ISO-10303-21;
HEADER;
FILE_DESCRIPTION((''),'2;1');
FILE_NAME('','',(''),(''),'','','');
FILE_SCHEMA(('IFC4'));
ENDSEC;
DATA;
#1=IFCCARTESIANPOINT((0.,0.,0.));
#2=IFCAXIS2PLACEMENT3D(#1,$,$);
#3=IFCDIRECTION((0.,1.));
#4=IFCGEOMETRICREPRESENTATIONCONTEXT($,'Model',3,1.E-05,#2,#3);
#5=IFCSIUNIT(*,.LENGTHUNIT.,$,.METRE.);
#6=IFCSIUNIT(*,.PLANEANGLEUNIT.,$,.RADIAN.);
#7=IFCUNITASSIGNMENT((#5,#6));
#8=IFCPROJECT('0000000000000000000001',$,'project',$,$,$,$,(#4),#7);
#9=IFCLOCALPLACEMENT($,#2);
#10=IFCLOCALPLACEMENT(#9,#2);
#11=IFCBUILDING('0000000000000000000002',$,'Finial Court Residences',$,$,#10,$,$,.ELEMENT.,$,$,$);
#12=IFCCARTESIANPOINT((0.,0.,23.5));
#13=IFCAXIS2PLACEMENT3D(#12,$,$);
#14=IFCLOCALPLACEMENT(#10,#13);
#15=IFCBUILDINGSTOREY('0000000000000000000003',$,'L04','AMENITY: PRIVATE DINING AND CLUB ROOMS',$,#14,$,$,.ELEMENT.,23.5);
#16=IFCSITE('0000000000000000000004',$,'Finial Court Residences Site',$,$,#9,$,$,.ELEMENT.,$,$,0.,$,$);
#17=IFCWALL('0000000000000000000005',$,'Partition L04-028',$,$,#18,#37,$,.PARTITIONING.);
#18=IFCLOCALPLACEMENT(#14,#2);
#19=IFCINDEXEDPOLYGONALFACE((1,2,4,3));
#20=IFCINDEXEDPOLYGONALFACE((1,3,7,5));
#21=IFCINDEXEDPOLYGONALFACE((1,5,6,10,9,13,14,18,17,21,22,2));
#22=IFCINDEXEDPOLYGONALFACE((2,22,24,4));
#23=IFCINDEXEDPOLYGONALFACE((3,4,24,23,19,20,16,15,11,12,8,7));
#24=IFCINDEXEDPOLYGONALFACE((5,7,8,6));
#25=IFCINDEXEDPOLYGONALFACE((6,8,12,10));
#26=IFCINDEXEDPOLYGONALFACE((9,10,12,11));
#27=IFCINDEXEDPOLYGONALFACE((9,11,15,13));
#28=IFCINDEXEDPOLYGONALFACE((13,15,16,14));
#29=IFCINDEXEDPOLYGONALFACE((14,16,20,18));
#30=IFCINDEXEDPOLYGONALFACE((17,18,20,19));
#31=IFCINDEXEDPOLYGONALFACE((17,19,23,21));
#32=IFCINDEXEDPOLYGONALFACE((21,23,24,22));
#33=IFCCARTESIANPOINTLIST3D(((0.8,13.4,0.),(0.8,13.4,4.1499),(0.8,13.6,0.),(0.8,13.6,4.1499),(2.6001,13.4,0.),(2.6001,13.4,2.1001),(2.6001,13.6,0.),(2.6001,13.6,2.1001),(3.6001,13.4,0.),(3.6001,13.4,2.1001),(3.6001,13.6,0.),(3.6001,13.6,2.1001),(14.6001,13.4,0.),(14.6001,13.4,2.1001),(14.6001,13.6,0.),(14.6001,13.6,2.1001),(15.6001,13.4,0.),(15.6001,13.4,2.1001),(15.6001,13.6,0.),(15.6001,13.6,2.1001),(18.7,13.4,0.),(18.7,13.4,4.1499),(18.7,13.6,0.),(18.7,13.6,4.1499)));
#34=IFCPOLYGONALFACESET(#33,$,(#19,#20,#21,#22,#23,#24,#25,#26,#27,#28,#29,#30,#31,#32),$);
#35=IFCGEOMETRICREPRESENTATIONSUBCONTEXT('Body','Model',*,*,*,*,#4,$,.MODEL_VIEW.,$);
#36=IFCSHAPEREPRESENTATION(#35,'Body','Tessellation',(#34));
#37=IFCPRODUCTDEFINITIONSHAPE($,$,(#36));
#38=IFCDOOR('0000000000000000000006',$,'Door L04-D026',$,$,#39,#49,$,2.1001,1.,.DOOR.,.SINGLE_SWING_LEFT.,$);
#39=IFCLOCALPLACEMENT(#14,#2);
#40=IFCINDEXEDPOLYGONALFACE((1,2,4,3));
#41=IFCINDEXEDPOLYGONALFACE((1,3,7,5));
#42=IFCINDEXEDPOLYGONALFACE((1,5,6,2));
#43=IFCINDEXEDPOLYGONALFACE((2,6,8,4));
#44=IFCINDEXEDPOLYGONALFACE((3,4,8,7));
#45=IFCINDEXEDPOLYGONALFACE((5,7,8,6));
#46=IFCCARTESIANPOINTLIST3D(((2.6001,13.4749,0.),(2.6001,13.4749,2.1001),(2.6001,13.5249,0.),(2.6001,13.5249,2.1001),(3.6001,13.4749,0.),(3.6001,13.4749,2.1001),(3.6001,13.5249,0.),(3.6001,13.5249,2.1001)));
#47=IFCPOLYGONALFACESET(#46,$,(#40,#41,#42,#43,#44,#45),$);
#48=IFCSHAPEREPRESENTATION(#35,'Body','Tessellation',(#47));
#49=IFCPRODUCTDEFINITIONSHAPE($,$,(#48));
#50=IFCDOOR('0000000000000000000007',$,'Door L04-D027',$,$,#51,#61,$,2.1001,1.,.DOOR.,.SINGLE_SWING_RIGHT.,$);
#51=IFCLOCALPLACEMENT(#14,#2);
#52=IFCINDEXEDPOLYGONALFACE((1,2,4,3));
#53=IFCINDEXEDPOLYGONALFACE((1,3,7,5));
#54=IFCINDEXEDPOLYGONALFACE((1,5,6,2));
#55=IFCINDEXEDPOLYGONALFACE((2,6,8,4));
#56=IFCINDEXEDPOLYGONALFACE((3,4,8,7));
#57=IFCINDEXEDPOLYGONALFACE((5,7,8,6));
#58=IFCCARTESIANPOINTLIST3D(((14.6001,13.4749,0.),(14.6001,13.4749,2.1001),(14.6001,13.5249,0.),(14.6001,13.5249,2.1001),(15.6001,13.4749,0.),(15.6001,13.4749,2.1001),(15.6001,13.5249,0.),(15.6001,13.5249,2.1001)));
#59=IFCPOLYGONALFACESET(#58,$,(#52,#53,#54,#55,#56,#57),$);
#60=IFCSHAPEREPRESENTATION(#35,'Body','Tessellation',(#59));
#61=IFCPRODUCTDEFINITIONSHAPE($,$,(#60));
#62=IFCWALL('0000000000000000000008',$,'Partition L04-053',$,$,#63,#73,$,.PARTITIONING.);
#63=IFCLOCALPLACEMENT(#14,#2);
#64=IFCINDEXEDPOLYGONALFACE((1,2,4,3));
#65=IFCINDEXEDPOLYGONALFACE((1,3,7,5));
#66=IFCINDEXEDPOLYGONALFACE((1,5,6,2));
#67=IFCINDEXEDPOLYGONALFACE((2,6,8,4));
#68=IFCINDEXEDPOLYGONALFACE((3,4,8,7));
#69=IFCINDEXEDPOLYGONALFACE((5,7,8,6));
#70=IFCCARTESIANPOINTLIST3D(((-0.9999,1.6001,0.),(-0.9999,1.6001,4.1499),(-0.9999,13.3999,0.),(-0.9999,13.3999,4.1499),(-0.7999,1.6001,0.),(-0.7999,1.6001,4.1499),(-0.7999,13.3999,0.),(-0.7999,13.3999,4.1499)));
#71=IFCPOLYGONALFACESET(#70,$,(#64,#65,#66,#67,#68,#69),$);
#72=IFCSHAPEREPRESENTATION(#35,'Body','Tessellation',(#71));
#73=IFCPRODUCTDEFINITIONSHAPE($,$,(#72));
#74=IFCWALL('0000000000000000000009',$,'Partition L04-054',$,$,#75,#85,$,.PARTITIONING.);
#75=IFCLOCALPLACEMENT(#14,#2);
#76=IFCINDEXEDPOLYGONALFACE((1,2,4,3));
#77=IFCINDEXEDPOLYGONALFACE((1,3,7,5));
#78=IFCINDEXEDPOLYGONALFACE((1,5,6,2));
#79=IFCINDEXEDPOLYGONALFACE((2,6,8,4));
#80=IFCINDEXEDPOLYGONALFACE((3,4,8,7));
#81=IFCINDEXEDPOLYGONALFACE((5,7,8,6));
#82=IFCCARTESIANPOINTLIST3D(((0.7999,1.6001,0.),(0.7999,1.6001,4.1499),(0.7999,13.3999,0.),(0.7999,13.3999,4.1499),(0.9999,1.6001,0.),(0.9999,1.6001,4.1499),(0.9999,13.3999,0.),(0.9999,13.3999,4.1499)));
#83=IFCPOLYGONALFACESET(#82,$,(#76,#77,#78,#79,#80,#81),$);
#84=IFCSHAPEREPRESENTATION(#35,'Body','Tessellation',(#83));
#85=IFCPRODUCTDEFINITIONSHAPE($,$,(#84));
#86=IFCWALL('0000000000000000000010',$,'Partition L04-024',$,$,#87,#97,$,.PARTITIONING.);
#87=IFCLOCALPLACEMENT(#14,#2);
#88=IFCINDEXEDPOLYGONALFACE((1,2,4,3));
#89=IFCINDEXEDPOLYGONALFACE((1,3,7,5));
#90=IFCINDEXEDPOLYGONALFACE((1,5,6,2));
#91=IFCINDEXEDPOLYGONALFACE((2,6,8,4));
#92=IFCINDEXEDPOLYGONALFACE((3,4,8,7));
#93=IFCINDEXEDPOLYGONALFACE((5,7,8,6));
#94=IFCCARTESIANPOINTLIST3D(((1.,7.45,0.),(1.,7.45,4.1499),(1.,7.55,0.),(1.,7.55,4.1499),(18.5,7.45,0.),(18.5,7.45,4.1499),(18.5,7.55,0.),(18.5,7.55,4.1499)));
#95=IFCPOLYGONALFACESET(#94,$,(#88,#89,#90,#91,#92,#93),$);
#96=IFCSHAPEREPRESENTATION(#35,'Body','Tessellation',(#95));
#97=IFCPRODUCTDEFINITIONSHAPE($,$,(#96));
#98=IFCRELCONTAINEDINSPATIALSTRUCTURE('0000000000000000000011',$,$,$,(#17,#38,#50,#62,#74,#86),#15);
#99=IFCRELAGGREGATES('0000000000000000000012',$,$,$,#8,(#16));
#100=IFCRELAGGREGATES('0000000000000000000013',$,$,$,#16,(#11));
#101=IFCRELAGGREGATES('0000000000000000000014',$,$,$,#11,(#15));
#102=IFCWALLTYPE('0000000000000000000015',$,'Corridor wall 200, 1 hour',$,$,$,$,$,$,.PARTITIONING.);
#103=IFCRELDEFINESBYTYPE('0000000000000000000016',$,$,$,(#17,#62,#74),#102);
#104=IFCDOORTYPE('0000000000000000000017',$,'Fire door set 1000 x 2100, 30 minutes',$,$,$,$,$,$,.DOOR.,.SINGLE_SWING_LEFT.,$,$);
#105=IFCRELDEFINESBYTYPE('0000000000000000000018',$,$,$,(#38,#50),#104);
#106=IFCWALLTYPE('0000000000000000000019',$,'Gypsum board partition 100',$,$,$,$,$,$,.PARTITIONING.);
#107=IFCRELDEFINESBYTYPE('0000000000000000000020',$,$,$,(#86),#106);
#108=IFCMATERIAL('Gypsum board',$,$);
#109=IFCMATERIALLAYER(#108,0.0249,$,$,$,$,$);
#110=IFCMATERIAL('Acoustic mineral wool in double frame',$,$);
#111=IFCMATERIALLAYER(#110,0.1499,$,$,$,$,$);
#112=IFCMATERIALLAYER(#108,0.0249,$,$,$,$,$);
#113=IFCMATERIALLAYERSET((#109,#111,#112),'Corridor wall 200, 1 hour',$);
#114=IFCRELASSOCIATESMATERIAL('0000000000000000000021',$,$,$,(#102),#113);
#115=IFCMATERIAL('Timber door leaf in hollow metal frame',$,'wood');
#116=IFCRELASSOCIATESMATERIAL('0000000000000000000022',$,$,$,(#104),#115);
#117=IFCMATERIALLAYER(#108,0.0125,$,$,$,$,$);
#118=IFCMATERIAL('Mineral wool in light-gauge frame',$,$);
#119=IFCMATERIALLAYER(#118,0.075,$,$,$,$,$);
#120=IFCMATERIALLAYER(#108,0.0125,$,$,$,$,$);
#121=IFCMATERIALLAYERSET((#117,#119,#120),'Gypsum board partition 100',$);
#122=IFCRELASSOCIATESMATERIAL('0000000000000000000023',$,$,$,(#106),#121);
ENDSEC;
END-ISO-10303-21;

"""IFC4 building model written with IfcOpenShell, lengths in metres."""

from ifc_helpers import new_model, si_unit, direction, frame, frame_2d, origin, place, context, subcontext, project, spatial, rectangle, extrude, material, layer, layer_set, type_object, element, fill, save


model = new_model("IFC4")

# Units and contexts
model_context = context("Model", 3, precision=1e-05, world=origin(), true_north=direction((0.0, 1.0)))
body_context = subcontext(model_context, "Body", "Model", "MODEL_VIEW")
ifc_project = project(units=[si_unit("LENGTHUNIT", "METRE"), si_unit("PLANEANGLEUNIT", "RADIAN")], contexts=[model_context])

# Site, building, storey
site_placement = place(None, origin())
site = spatial("IfcSite", under=ifc_project, at=site_placement, Name="Finial Court Residences Site", CompositionType="ELEMENT", RefElevation=0.0)
building_placement = place(site_placement, origin())
building = spatial("IfcBuilding", under=site, at=building_placement, Name="Finial Court Residences", CompositionType="ELEMENT")
storey_placement = place(building_placement, frame((0.0, 0.0, 23.5)))
storey = spatial("IfcBuildingStorey", under=building, at=storey_placement, Name="L04", Description="AMENITY: PRIVATE DINING AND CLUB ROOMS", CompositionType="ELEMENT", Elevation=23.5)

# Wall, openings, doors
ifc_material_1 = material(Name="Gypsum board")
ifc_layer_1 = layer(ifc_material_1, 0.0249)
ifc_material_2 = material(Name="Acoustic mineral wool in double frame")
ifc_layer_2 = layer(ifc_material_2, 0.1499)
ifc_layer_3 = layer(ifc_material_1, 0.0249)
ifc_layer_set_1 = layer_set([ifc_layer_1, ifc_layer_2, ifc_layer_3], Name="Corridor wall 200, 1 hour")
wall_type_1 = type_object("IfcWallType", Name="Corridor wall 200, 1 hour", PredefinedType="PARTITIONING", material=ifc_layer_set_1)
ifc_material_3 = material(Name="Timber door leaf in hollow metal frame", Category="wood")
door_type = type_object("IfcDoorType", Name="Fire door set 1000 x 2100, 30 minutes", OperationType="SINGLE_SWING_LEFT", PredefinedType="DOOR", material=ifc_material_3)
wall_1_placement = place(storey_placement, frame((0.8, 13.5, 0.0), z_axis=(0.0, 0.0, 1.0), x_axis=(1.0, 0.0, 0.0)))
wall_1 = element("IfcWall", 1, at=wall_1_placement, inside=storey, type_object=wall_type_1, Name="Partition L04-028", PredefinedType="PARTITIONING", context=body_context, shape_type="SweptSolid", body=[
    extrude(rectangle(XDim=17.8999, YDim=0.2, at=frame_2d((8.95, 0.0))), origin(), (0.0, 0.0, 1.0), 4.1499),
])
opening_1_placement = place(wall_1_placement, frame((1.8, 0.0, 0.0)))
opening_1 = element("IfcOpeningElement", 2, at=opening_1_placement, cuts=wall_1, PredefinedType="OPENING", context=body_context, shape_type="SweptSolid", body=[
    extrude(rectangle(XDim=1.0, YDim=2.1001, at=frame_2d((0.5, 1.05))), frame((0.0, 0.1099, 0.0), z_axis=(0.0, -1.0, 0.0), x_axis=(1.0, 0.0, 0.0)), (0.0, 0.0, 1.0), 0.22),
])
opening_2_placement = place(wall_1_placement, frame((13.8, 0.0, 0.0)))
opening_2 = element("IfcOpeningElement", 3, at=opening_2_placement, cuts=wall_1, PredefinedType="OPENING", context=body_context, shape_type="SweptSolid", body=[
    extrude(rectangle(XDim=1.0, YDim=2.1001, at=frame_2d((0.5, 1.05))), frame((0.0, 0.1099, 0.0), z_axis=(0.0, -1.0, 0.0), x_axis=(1.0, 0.0, 0.0)), (0.0, 0.0, 1.0), 0.22),
])
door_1_placement = place(opening_1_placement, origin())
door_1 = element("IfcDoor", 4, at=door_1_placement, inside=storey, type_object=door_type, Name="Door L04-D026", OperationType="SINGLE_SWING_LEFT", OverallHeight=2.1001, OverallWidth=1.0, PredefinedType="DOOR", context=body_context, shape_type="SweptSolid", body=[
    extrude(rectangle(XDim=1.0, YDim=2.1001, at=frame_2d((0.5, 1.05))), frame((0.0, 0.0249, 0.0), z_axis=(0.0, -1.0, 0.0), x_axis=(1.0, 0.0, 0.0)), (0.0, 0.0, 1.0), 0.05),
])
fill(opening_1, door_1)
door_2_placement = place(opening_2_placement, origin())
door_2 = element("IfcDoor", 5, at=door_2_placement, inside=storey, type_object=door_type, Name="Door L04-D027", OperationType="SINGLE_SWING_RIGHT", OverallHeight=2.1001, OverallWidth=1.0, PredefinedType="DOOR", context=body_context, shape_type="SweptSolid", body=[
    extrude(rectangle(XDim=1.0, YDim=2.1001, at=frame_2d((0.5, 1.05))), frame((0.0, 0.0249, 0.0), z_axis=(0.0, -1.0, 0.0), x_axis=(1.0, 0.0, 0.0)), (0.0, 0.0, 1.0), 0.05),
])
fill(opening_2, door_2)

# Walls
for number, where, z_axis, x_axis, name in (
    (6, (-0.8999, 1.6001, 0.0), (0.0, 0.0, 1.0), (0.0, 1.0, 0.0), "Partition L04-053"),
    (7, (0.8999, 1.6001, 0.0), (0.0, 0.0, 1.0), (0.0, 1.0, 0.0), "Partition L04-054"),
):
    element("IfcWall", number, at=place(storey_placement, frame(where, z_axis=z_axis, x_axis=x_axis)), inside=storey, type_object=wall_type_1, Name=name, PredefinedType="PARTITIONING", context=body_context, shape_type="SweptSolid", body=[
        extrude(rectangle(XDim=11.7998, YDim=0.2, at=frame_2d((5.8999, 0.0))), origin(), (0.0, 0.0, 1.0), 4.1499),
    ])
ifc_layer_4 = layer(ifc_material_1, 0.0125)
ifc_material_4 = material(Name="Mineral wool in light-gauge frame")
ifc_layer_5 = layer(ifc_material_4, 0.075)
ifc_layer_6 = layer(ifc_material_1, 0.0125)
ifc_layer_set_2 = layer_set([ifc_layer_4, ifc_layer_5, ifc_layer_6], Name="Gypsum board partition 100")
wall_type_2 = type_object("IfcWallType", Name="Gypsum board partition 100", PredefinedType="PARTITIONING", material=ifc_layer_set_2)
wall_2_placement = place(storey_placement, frame((1.0, 7.5, 0.0), z_axis=(0.0, 0.0, 1.0), x_axis=(1.0, 0.0, 0.0)))
element("IfcWall", 8, at=wall_2_placement, inside=storey, type_object=wall_type_2, Name="Partition L04-024", PredefinedType="PARTITIONING", context=body_context, shape_type="SweptSolid", body=[
    extrude(rectangle(XDim=17.5, YDim=0.1001, at=frame_2d((8.75, 0.0))), origin(), (0.0, 0.0, 1.0), 4.1499),
])

save(model, "model.ifc")
